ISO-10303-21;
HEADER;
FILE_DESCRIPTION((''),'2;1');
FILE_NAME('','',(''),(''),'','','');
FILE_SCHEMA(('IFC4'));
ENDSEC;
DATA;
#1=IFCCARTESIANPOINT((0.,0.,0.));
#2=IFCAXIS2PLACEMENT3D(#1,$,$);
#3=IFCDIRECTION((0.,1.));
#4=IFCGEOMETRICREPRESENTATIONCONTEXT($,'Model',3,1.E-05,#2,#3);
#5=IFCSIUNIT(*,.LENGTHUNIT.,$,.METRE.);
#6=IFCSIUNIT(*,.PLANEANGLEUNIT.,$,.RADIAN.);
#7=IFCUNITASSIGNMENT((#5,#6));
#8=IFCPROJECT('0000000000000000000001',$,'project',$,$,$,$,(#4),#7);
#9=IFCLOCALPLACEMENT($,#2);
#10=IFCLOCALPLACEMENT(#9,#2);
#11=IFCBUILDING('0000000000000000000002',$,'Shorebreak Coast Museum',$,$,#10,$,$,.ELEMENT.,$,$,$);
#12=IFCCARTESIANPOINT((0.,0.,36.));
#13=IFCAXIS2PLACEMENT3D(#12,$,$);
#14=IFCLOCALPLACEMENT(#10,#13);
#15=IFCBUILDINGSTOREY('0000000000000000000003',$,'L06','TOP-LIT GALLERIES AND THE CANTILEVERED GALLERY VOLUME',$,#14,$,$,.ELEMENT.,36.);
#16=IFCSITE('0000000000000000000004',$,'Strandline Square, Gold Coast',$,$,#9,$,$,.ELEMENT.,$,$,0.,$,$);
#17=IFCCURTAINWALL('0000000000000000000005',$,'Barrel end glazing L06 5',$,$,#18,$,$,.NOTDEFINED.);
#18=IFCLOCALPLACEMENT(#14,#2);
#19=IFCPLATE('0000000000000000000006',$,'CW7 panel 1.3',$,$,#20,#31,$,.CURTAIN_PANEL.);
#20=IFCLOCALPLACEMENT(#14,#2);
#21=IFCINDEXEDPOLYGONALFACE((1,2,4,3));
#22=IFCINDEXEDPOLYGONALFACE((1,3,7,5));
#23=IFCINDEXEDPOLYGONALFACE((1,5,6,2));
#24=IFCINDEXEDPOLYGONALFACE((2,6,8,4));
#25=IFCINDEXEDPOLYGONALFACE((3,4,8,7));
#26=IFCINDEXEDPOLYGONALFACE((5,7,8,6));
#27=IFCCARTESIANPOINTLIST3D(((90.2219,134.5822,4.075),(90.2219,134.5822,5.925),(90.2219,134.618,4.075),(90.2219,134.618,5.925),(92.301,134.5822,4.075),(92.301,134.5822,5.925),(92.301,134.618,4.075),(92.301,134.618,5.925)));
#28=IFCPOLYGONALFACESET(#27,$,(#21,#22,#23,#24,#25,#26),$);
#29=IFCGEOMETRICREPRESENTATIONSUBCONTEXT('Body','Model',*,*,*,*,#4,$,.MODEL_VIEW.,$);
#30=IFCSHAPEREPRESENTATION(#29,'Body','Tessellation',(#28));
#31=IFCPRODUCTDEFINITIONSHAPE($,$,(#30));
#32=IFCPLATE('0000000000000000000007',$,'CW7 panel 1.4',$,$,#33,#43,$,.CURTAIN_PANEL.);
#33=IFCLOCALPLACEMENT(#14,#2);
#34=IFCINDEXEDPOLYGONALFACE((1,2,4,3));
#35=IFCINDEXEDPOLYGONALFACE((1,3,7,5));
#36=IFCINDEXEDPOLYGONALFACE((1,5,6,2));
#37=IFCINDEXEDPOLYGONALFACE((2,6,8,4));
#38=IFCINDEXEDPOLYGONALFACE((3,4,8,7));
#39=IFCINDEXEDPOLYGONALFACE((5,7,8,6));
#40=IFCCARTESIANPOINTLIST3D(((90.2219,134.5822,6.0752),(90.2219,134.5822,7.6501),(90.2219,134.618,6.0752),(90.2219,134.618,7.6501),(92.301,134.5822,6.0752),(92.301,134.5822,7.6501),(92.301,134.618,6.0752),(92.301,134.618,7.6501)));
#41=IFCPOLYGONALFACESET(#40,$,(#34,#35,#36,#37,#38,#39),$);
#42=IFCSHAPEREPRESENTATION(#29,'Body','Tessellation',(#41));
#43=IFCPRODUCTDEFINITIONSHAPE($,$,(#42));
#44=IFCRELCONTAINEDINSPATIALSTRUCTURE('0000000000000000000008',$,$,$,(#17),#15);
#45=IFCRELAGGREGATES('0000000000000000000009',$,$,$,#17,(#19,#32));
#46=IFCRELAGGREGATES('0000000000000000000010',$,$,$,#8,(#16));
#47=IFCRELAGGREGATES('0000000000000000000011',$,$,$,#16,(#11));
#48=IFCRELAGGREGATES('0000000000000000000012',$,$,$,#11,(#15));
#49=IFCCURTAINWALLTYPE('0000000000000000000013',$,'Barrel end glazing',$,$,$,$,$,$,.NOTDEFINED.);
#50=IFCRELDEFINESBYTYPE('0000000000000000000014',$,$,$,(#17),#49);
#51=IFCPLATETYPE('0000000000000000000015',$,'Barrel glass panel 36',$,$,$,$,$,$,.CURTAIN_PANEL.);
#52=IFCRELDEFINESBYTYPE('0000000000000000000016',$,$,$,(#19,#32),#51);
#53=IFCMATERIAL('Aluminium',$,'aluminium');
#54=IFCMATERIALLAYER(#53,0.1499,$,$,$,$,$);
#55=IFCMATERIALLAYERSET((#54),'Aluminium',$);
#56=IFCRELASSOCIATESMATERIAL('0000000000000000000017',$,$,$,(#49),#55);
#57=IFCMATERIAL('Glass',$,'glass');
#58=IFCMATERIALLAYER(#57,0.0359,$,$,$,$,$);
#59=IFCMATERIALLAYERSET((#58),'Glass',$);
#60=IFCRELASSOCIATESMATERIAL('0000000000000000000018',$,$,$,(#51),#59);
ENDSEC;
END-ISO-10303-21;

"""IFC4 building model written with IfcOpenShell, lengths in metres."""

from ifc_helpers import new_model, si_unit, direction, frame, origin, origin_2d, place, context, subcontext, project, spatial, rectangle, extrude, material, layer, layer_set, type_object, element, aggregate, save


model = new_model("IFC4")

# Units and contexts
model_context = context("Model", 3, precision=1e-05, world=origin(), true_north=direction((0.0, 1.0)))
body_context = subcontext(model_context, "Body", "Model", "MODEL_VIEW")
ifc_project = project(units=[si_unit("LENGTHUNIT", "METRE"), si_unit("PLANEANGLEUNIT", "RADIAN")], contexts=[model_context])

# Site, building, storey
site_placement = place(None, origin())
site = spatial("IfcSite", under=ifc_project, at=site_placement, Name="Strandline Square, Gold Coast", CompositionType="ELEMENT", RefElevation=0.0)
building_placement = place(site_placement, origin())
building = spatial("IfcBuilding", under=site, at=building_placement, Name="Shorebreak Coast Museum", CompositionType="ELEMENT")
storey_placement = place(building_placement, frame((0.0, 0.0, 36.0)))
storey = spatial("IfcBuildingStorey", under=building, at=storey_placement, Name="L06", Description="TOP-LIT GALLERIES AND THE CANTILEVERED GALLERY VOLUME", CompositionType="ELEMENT", Elevation=36.0)

# Shared definitions
ifc_material_1 = material(Name="Aluminium", Category="aluminium")
ifc_layer_1 = layer(ifc_material_1, 0.1499)
ifc_layer_set_1 = layer_set([ifc_layer_1], Name="Aluminium")
curtain_wall_type = type_object("IfcCurtainWallType", Name="Barrel end glazing", PredefinedType="NOTDEFINED", material=ifc_layer_set_1)

# Curtain wall
curtain_wall_1_placement = place(storey_placement, origin())
curtain_wall_1 = element("IfcCurtainWall", 1, at=curtain_wall_1_placement, inside=storey, type_object=curtain_wall_type, Name="Barrel end glazing L06 5", PredefinedType="NOTDEFINED")

# Plates
ifc_material_2 = material(Name="Glass", Category="glass")
ifc_layer_2 = layer(ifc_material_2, 0.0359)
ifc_layer_set_2 = layer_set([ifc_layer_2], Name="Glass")
plate_type = type_object("IfcPlateType", Name="Barrel glass panel 36", PredefinedType="CURTAIN_PANEL", material=ifc_layer_set_2)
plate_1_placement = place(storey_placement, frame((91.2615, 134.6001, 4.075), z_axis=(0.0, 0.0, 1.0), x_axis=(1.0, 0.0, 0.0)))
plate_1 = element("IfcPlate", 2, at=plate_1_placement, type_object=plate_type, Name="CW7 panel 1.3", PredefinedType="CURTAIN_PANEL", context=body_context, shape_type="SweptSolid", body=[
    extrude(rectangle(XDim=2.0791, YDim=0.0359, at=origin_2d()), origin(), (0.0, 0.0, 1.0), 1.8501),
])
plate_2_placement = place(storey_placement, frame((91.2615, 134.6001, 6.0752), z_axis=(0.0, 0.0, 1.0), x_axis=(1.0, 0.0, 0.0)))
plate_2 = element("IfcPlate", 3, at=plate_2_placement, type_object=plate_type, Name="CW7 panel 1.4", PredefinedType="CURTAIN_PANEL", context=body_context, shape_type="SweptSolid", body=[
    extrude(rectangle(XDim=2.0791, YDim=0.0359, at=origin_2d()), origin(), (0.0, 0.0, 1.0), 1.575),
])
aggregate(curtain_wall_1, [plate_1, plate_2])

save(model, "model.ifc")
